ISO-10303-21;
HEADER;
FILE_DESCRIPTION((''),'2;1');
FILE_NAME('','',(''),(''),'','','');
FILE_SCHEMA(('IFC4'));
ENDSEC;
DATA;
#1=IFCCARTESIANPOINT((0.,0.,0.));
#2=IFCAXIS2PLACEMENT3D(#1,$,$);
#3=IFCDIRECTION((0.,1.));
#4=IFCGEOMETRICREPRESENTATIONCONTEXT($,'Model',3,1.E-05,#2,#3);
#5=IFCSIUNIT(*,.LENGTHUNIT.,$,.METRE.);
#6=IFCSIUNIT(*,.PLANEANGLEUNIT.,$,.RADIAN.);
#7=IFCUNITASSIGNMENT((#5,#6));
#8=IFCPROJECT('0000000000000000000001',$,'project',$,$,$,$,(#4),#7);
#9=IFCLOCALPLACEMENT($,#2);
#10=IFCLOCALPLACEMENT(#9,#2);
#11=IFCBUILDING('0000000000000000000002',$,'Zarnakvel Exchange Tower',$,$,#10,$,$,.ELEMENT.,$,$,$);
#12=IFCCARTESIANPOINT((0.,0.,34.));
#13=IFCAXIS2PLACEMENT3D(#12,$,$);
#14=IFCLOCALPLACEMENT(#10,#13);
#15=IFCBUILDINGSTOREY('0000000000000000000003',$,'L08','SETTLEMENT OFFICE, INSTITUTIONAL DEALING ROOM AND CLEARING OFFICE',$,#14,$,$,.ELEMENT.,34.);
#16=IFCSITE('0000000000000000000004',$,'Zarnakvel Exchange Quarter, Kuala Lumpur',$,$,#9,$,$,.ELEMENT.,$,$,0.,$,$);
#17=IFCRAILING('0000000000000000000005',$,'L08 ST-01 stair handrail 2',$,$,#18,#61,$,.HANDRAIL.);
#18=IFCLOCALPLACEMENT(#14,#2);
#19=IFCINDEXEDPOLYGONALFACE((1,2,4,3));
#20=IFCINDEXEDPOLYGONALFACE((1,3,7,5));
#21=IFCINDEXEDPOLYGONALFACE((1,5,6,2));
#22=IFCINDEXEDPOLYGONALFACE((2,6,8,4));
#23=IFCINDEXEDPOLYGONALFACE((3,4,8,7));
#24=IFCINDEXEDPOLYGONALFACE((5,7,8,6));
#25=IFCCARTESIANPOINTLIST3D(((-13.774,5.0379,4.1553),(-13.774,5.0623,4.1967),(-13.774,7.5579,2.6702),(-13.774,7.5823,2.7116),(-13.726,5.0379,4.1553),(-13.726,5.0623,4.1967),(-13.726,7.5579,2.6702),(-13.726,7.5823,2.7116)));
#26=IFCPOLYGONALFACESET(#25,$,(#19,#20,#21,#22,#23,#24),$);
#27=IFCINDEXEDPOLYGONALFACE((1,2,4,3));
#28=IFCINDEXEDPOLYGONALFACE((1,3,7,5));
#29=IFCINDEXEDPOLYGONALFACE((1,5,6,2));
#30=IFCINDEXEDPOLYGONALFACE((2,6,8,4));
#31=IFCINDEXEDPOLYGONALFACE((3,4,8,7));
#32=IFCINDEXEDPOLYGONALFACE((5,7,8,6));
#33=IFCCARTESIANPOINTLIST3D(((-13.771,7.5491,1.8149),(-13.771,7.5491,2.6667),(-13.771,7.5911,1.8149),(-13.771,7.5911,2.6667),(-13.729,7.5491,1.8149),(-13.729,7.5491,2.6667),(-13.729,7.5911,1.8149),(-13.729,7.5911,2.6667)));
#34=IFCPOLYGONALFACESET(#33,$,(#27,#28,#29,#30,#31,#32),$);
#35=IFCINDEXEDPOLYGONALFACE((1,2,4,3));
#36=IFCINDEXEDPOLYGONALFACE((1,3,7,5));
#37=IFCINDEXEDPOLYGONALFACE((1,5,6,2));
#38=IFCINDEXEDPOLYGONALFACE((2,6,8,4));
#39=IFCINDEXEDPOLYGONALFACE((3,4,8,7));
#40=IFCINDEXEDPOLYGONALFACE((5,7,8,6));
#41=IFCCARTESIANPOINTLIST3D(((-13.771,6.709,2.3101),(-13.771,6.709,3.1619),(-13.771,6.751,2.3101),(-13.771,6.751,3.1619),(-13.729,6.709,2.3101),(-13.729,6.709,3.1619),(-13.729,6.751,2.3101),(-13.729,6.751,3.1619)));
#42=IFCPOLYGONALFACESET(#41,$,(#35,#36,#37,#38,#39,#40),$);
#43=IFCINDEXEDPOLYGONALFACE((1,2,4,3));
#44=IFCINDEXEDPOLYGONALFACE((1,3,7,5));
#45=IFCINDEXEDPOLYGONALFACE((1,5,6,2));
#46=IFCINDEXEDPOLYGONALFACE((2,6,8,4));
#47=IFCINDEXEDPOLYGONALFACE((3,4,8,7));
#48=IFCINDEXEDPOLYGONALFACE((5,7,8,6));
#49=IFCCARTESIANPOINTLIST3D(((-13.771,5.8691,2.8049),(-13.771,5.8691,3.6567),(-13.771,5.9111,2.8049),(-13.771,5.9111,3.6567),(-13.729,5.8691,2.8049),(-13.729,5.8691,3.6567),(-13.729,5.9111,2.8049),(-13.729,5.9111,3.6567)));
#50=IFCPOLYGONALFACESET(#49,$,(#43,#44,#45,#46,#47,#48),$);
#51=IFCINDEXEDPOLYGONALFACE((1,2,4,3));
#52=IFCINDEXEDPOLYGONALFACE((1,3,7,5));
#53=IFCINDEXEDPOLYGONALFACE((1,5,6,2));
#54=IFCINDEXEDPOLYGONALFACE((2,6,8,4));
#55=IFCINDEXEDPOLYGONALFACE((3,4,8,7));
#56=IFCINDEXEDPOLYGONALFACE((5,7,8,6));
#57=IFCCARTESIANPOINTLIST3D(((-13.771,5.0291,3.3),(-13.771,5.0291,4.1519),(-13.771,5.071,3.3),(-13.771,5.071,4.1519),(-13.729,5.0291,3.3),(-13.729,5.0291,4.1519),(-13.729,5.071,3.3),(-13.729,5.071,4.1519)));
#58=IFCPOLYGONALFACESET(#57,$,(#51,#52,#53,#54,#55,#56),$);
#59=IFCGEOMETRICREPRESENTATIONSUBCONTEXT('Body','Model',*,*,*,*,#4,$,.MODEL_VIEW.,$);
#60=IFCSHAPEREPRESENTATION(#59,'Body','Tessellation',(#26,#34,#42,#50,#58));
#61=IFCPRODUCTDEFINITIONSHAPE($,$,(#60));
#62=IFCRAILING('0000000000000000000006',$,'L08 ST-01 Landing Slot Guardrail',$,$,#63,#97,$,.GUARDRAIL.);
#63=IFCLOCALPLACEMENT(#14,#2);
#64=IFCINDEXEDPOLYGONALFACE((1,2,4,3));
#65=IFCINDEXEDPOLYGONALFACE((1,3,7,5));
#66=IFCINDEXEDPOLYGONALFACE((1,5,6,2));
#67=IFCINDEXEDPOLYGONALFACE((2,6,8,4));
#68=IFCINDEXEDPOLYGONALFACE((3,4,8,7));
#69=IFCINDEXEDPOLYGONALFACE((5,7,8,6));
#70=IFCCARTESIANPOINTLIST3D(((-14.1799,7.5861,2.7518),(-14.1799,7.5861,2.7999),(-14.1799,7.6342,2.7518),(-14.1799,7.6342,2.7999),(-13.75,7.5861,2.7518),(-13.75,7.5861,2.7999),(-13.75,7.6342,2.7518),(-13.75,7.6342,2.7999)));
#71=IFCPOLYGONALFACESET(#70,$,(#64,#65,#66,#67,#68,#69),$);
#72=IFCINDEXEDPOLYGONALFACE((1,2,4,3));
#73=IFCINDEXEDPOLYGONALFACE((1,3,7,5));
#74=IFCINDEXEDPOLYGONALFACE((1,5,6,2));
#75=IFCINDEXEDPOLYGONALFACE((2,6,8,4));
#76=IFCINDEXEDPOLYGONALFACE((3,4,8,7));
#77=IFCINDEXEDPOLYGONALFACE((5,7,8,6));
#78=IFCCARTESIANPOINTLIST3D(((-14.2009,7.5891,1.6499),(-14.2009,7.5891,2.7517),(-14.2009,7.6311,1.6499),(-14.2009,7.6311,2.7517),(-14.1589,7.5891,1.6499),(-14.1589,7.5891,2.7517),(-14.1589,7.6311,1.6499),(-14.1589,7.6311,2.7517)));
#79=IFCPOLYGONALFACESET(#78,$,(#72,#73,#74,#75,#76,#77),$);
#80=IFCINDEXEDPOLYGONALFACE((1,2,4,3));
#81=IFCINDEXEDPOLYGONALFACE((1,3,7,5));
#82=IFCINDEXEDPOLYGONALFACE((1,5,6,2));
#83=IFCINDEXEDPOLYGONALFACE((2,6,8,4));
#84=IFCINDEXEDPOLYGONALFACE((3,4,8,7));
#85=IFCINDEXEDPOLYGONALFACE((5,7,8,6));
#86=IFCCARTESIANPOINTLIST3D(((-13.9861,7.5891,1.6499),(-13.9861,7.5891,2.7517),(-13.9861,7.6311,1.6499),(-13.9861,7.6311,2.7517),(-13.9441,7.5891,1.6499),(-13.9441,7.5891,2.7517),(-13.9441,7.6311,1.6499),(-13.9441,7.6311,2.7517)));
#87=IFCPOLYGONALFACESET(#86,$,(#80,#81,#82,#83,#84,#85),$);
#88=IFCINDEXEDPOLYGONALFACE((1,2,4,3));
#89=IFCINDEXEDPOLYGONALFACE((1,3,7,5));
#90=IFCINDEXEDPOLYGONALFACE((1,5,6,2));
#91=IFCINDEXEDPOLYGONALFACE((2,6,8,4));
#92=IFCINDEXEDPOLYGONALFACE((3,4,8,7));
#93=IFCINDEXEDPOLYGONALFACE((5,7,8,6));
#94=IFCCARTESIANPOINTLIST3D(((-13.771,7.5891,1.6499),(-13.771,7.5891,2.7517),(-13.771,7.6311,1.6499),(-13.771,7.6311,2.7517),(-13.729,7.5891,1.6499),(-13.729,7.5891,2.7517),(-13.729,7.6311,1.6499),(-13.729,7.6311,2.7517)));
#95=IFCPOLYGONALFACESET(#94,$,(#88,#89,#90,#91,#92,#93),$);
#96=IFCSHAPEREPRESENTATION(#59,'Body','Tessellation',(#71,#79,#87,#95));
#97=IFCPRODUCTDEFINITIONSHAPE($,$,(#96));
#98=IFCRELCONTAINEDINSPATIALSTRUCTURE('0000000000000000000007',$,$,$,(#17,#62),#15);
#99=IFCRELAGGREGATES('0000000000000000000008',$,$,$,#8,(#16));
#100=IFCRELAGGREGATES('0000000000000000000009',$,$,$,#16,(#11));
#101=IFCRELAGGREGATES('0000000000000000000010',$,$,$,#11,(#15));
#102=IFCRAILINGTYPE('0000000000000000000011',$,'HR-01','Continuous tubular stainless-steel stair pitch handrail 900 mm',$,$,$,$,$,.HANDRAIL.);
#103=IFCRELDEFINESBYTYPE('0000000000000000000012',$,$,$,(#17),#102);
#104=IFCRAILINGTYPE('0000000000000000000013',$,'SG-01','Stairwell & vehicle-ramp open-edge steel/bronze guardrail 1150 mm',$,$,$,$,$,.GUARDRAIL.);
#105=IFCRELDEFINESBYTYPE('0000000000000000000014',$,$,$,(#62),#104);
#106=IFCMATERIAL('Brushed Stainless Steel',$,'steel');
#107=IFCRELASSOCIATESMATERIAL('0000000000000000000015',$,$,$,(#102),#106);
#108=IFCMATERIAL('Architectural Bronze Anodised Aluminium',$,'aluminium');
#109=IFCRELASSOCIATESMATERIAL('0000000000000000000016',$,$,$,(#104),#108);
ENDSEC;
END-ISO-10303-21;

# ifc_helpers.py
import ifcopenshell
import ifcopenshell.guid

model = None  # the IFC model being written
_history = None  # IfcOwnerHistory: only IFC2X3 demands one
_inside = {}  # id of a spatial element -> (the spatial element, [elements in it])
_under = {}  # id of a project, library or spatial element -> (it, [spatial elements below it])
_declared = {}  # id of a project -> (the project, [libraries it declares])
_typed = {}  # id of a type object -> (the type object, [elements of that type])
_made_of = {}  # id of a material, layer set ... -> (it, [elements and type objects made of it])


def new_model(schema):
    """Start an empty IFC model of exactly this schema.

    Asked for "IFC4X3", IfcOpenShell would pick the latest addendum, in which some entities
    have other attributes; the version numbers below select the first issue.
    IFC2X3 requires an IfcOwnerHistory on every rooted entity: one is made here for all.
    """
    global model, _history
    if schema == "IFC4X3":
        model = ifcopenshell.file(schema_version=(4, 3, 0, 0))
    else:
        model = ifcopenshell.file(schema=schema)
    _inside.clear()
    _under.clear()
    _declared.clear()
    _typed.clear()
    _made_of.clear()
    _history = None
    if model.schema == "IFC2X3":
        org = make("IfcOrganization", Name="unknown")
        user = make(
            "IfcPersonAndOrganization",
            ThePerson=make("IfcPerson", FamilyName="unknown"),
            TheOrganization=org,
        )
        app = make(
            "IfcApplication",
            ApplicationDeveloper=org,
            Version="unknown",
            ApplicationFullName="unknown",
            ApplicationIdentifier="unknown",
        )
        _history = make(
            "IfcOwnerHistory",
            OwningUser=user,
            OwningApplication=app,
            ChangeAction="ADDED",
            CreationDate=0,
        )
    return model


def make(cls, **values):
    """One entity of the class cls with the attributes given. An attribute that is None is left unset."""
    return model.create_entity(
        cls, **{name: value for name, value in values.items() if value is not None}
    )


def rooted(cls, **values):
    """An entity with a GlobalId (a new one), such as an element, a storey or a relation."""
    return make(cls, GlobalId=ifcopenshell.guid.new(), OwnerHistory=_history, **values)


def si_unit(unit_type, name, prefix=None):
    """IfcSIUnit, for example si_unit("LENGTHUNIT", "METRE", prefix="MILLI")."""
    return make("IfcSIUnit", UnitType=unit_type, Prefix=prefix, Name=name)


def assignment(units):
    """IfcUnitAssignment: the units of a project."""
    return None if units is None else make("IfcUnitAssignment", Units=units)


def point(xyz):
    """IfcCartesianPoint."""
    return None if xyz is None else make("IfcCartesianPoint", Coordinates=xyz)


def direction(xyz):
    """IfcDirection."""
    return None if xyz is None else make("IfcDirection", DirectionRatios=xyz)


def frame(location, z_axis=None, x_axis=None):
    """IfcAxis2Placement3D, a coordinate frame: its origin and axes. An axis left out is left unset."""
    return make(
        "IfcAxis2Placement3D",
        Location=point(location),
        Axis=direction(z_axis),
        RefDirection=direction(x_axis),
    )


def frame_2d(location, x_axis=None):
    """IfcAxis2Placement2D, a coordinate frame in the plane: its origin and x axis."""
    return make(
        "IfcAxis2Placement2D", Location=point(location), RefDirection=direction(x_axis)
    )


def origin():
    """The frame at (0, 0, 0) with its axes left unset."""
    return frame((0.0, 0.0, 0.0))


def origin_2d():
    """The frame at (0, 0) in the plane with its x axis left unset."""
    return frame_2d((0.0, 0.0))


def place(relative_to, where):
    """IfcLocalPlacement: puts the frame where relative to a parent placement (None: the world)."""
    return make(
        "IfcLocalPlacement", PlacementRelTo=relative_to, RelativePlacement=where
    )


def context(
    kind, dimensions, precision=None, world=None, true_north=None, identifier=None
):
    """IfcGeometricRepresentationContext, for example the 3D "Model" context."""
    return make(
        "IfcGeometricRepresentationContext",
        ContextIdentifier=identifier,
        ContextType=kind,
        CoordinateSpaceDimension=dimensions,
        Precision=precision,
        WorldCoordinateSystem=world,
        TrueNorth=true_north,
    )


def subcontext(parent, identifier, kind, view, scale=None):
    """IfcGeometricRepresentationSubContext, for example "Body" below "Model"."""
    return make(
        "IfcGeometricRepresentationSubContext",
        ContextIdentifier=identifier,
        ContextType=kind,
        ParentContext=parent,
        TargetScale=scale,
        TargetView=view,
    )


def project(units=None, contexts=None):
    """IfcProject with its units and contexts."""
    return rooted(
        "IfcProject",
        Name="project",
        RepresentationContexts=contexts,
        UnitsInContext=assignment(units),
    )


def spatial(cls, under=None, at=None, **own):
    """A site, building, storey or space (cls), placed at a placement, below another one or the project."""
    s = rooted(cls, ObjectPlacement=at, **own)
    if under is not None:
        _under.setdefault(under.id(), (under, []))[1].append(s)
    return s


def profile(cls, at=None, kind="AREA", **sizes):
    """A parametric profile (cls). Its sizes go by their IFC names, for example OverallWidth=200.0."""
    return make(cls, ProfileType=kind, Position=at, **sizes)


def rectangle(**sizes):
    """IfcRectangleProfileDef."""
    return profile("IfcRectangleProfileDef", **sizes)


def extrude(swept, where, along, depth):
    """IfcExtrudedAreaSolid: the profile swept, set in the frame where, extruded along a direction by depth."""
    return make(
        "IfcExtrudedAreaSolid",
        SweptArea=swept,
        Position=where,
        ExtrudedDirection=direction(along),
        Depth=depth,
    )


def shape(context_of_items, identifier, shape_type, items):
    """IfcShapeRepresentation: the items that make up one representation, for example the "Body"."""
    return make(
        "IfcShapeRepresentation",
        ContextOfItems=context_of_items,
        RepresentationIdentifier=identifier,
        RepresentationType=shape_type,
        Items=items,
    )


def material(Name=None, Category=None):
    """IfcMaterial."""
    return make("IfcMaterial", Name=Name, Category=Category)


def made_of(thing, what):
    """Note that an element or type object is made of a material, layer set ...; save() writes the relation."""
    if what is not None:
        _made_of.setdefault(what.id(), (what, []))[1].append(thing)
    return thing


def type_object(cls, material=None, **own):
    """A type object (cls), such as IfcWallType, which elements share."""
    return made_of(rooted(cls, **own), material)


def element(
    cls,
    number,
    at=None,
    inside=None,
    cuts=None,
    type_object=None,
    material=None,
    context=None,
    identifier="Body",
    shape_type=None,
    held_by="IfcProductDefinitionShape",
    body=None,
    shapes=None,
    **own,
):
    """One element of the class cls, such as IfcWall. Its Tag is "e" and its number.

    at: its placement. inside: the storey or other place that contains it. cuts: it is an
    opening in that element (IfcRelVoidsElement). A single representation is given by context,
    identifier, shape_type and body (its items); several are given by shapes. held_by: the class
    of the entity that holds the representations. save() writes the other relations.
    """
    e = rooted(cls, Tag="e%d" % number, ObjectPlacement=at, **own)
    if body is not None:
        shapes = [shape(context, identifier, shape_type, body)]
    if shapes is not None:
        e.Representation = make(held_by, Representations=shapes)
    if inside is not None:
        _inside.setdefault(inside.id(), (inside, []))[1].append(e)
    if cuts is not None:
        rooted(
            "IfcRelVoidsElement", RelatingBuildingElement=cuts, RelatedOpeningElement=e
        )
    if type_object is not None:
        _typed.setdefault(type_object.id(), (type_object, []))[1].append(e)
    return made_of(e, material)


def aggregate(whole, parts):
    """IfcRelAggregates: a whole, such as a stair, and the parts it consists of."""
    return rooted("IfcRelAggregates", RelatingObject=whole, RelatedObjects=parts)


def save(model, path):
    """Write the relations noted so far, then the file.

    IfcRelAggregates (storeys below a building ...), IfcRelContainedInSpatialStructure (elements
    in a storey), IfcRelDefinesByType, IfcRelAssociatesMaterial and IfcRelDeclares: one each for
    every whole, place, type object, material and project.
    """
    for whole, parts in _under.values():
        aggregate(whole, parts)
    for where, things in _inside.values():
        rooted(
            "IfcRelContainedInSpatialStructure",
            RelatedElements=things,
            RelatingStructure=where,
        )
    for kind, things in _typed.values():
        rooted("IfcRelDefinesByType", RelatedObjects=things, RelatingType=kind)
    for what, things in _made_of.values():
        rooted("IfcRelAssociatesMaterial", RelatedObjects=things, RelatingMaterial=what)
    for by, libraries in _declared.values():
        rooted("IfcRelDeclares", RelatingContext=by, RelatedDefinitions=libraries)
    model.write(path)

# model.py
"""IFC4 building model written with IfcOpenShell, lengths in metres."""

from ifc_helpers import new_model, si_unit, direction, frame, origin, origin_2d, place, context, subcontext, project, spatial, rectangle, extrude, material, type_object, element, save


model = new_model("IFC4")

# Units and contexts
model_context = context("Model", 3, precision=1e-05, world=origin(), true_north=direction((0.0, 1.0)))
body_context = subcontext(model_context, "Body", "Model", "MODEL_VIEW")
ifc_project = project(units=[si_unit("LENGTHUNIT", "METRE"), si_unit("PLANEANGLEUNIT", "RADIAN")], contexts=[model_context])

# Site, building, storey
site_placement = place(None, origin())
site = spatial("IfcSite", under=ifc_project, at=site_placement, Name="Zarnakvel Exchange Quarter, Kuala Lumpur", CompositionType="ELEMENT", RefElevation=0.0)
building_placement = place(site_placement, origin())
building = spatial("IfcBuilding", under=site, at=building_placement, Name="Zarnakvel Exchange Tower", CompositionType="ELEMENT")
storey_placement = place(building_placement, frame((0.0, 0.0, 34.0)))
storey = spatial("IfcBuildingStorey", under=building, at=storey_placement, Name="L08", Description="SETTLEMENT OFFICE, INSTITUTIONAL DEALING ROOM AND CLEARING OFFICE", CompositionType="ELEMENT", Elevation=34.0)

# Shared definitions
ifc_material_1 = material(Name="Architectural Bronze Anodised Aluminium", Category="aluminium")

# Railings
ifc_material_2 = material(Name="Brushed Stainless Steel", Category="steel")
railing_type_1 = type_object("IfcRailingType", Name="HR-01", Description="Continuous tubular stainless-steel stair pitch handrail 900 mm", PredefinedType="HANDRAIL", material=ifc_material_2)
railing_1_placement = place(storey_placement, frame((-13.75, 7.5701, 1.8149)))
element("IfcRailing", 1, at=railing_1_placement, inside=storey, type_object=railing_type_1, Name="L08 ST-01 stair handrail 2", PredefinedType="HANDRAIL", context=body_context, shape_type="SweptSolid", body=[
    extrude(rectangle(XDim=0.0481, YDim=0.0481, at=origin_2d()), frame((0.0, 0.0, 0.876), z_axis=(0.0, -0.861524, 0.507717), x_axis=(1.0, 0.0, 0.0)), (0.0, 0.0, 1.0), 2.925),
    extrude(rectangle(XDim=0.042, YDim=0.042, at=origin_2d()), origin(), (0.0, 0.0, 1.0), 0.8518),
    extrude(rectangle(XDim=0.042, YDim=0.042, at=origin_2d()), frame((0.0, -0.8401, 0.4951)), (0.0, 0.0, 1.0), 0.8518),
    extrude(rectangle(XDim=0.042, YDim=0.042, at=origin_2d()), frame((0.0, -1.6799, 0.99)), (0.0, 0.0, 1.0), 0.8518),
    extrude(rectangle(XDim=0.042, YDim=0.042, at=origin_2d()), frame((0.0, -2.52, 1.4851)), (0.0, 0.0, 1.0), 0.8518),
])
railing_type_2 = type_object("IfcRailingType", Name="SG-01", Description="Stairwell & vehicle-ramp open-edge steel/bronze guardrail 1150 mm", PredefinedType="GUARDRAIL", material=ifc_material_1)
railing_2_placement = place(storey_placement, frame((-14.1799, 7.6101, 1.6499)))
element("IfcRailing", 2, at=railing_2_placement, inside=storey, type_object=railing_type_2, Name="L08 ST-01 Landing Slot Guardrail", PredefinedType="GUARDRAIL", context=body_context, shape_type="SweptSolid", body=[
    extrude(rectangle(XDim=0.0481, YDim=0.0481, at=origin_2d()), frame((0.0, 0.0, 1.126), z_axis=(1.0, 0.0, 0.0), x_axis=(0.0, 1.0, 0.0)), (0.0, 0.0, 1.0), 0.4299),
    extrude(rectangle(XDim=0.042, YDim=0.042, at=origin_2d()), origin(), (0.0, 0.0, 1.0), 1.1018),
    extrude(rectangle(XDim=0.042, YDim=0.042, at=origin_2d()), frame((0.2148, 0.0, 0.0)), (0.0, 0.0, 1.0), 1.1018),
    extrude(rectangle(XDim=0.042, YDim=0.042, at=origin_2d()), frame((0.4299, 0.0, 0.0)), (0.0, 0.0, 1.0), 1.1018),
])

save(model, "model.ifc")
